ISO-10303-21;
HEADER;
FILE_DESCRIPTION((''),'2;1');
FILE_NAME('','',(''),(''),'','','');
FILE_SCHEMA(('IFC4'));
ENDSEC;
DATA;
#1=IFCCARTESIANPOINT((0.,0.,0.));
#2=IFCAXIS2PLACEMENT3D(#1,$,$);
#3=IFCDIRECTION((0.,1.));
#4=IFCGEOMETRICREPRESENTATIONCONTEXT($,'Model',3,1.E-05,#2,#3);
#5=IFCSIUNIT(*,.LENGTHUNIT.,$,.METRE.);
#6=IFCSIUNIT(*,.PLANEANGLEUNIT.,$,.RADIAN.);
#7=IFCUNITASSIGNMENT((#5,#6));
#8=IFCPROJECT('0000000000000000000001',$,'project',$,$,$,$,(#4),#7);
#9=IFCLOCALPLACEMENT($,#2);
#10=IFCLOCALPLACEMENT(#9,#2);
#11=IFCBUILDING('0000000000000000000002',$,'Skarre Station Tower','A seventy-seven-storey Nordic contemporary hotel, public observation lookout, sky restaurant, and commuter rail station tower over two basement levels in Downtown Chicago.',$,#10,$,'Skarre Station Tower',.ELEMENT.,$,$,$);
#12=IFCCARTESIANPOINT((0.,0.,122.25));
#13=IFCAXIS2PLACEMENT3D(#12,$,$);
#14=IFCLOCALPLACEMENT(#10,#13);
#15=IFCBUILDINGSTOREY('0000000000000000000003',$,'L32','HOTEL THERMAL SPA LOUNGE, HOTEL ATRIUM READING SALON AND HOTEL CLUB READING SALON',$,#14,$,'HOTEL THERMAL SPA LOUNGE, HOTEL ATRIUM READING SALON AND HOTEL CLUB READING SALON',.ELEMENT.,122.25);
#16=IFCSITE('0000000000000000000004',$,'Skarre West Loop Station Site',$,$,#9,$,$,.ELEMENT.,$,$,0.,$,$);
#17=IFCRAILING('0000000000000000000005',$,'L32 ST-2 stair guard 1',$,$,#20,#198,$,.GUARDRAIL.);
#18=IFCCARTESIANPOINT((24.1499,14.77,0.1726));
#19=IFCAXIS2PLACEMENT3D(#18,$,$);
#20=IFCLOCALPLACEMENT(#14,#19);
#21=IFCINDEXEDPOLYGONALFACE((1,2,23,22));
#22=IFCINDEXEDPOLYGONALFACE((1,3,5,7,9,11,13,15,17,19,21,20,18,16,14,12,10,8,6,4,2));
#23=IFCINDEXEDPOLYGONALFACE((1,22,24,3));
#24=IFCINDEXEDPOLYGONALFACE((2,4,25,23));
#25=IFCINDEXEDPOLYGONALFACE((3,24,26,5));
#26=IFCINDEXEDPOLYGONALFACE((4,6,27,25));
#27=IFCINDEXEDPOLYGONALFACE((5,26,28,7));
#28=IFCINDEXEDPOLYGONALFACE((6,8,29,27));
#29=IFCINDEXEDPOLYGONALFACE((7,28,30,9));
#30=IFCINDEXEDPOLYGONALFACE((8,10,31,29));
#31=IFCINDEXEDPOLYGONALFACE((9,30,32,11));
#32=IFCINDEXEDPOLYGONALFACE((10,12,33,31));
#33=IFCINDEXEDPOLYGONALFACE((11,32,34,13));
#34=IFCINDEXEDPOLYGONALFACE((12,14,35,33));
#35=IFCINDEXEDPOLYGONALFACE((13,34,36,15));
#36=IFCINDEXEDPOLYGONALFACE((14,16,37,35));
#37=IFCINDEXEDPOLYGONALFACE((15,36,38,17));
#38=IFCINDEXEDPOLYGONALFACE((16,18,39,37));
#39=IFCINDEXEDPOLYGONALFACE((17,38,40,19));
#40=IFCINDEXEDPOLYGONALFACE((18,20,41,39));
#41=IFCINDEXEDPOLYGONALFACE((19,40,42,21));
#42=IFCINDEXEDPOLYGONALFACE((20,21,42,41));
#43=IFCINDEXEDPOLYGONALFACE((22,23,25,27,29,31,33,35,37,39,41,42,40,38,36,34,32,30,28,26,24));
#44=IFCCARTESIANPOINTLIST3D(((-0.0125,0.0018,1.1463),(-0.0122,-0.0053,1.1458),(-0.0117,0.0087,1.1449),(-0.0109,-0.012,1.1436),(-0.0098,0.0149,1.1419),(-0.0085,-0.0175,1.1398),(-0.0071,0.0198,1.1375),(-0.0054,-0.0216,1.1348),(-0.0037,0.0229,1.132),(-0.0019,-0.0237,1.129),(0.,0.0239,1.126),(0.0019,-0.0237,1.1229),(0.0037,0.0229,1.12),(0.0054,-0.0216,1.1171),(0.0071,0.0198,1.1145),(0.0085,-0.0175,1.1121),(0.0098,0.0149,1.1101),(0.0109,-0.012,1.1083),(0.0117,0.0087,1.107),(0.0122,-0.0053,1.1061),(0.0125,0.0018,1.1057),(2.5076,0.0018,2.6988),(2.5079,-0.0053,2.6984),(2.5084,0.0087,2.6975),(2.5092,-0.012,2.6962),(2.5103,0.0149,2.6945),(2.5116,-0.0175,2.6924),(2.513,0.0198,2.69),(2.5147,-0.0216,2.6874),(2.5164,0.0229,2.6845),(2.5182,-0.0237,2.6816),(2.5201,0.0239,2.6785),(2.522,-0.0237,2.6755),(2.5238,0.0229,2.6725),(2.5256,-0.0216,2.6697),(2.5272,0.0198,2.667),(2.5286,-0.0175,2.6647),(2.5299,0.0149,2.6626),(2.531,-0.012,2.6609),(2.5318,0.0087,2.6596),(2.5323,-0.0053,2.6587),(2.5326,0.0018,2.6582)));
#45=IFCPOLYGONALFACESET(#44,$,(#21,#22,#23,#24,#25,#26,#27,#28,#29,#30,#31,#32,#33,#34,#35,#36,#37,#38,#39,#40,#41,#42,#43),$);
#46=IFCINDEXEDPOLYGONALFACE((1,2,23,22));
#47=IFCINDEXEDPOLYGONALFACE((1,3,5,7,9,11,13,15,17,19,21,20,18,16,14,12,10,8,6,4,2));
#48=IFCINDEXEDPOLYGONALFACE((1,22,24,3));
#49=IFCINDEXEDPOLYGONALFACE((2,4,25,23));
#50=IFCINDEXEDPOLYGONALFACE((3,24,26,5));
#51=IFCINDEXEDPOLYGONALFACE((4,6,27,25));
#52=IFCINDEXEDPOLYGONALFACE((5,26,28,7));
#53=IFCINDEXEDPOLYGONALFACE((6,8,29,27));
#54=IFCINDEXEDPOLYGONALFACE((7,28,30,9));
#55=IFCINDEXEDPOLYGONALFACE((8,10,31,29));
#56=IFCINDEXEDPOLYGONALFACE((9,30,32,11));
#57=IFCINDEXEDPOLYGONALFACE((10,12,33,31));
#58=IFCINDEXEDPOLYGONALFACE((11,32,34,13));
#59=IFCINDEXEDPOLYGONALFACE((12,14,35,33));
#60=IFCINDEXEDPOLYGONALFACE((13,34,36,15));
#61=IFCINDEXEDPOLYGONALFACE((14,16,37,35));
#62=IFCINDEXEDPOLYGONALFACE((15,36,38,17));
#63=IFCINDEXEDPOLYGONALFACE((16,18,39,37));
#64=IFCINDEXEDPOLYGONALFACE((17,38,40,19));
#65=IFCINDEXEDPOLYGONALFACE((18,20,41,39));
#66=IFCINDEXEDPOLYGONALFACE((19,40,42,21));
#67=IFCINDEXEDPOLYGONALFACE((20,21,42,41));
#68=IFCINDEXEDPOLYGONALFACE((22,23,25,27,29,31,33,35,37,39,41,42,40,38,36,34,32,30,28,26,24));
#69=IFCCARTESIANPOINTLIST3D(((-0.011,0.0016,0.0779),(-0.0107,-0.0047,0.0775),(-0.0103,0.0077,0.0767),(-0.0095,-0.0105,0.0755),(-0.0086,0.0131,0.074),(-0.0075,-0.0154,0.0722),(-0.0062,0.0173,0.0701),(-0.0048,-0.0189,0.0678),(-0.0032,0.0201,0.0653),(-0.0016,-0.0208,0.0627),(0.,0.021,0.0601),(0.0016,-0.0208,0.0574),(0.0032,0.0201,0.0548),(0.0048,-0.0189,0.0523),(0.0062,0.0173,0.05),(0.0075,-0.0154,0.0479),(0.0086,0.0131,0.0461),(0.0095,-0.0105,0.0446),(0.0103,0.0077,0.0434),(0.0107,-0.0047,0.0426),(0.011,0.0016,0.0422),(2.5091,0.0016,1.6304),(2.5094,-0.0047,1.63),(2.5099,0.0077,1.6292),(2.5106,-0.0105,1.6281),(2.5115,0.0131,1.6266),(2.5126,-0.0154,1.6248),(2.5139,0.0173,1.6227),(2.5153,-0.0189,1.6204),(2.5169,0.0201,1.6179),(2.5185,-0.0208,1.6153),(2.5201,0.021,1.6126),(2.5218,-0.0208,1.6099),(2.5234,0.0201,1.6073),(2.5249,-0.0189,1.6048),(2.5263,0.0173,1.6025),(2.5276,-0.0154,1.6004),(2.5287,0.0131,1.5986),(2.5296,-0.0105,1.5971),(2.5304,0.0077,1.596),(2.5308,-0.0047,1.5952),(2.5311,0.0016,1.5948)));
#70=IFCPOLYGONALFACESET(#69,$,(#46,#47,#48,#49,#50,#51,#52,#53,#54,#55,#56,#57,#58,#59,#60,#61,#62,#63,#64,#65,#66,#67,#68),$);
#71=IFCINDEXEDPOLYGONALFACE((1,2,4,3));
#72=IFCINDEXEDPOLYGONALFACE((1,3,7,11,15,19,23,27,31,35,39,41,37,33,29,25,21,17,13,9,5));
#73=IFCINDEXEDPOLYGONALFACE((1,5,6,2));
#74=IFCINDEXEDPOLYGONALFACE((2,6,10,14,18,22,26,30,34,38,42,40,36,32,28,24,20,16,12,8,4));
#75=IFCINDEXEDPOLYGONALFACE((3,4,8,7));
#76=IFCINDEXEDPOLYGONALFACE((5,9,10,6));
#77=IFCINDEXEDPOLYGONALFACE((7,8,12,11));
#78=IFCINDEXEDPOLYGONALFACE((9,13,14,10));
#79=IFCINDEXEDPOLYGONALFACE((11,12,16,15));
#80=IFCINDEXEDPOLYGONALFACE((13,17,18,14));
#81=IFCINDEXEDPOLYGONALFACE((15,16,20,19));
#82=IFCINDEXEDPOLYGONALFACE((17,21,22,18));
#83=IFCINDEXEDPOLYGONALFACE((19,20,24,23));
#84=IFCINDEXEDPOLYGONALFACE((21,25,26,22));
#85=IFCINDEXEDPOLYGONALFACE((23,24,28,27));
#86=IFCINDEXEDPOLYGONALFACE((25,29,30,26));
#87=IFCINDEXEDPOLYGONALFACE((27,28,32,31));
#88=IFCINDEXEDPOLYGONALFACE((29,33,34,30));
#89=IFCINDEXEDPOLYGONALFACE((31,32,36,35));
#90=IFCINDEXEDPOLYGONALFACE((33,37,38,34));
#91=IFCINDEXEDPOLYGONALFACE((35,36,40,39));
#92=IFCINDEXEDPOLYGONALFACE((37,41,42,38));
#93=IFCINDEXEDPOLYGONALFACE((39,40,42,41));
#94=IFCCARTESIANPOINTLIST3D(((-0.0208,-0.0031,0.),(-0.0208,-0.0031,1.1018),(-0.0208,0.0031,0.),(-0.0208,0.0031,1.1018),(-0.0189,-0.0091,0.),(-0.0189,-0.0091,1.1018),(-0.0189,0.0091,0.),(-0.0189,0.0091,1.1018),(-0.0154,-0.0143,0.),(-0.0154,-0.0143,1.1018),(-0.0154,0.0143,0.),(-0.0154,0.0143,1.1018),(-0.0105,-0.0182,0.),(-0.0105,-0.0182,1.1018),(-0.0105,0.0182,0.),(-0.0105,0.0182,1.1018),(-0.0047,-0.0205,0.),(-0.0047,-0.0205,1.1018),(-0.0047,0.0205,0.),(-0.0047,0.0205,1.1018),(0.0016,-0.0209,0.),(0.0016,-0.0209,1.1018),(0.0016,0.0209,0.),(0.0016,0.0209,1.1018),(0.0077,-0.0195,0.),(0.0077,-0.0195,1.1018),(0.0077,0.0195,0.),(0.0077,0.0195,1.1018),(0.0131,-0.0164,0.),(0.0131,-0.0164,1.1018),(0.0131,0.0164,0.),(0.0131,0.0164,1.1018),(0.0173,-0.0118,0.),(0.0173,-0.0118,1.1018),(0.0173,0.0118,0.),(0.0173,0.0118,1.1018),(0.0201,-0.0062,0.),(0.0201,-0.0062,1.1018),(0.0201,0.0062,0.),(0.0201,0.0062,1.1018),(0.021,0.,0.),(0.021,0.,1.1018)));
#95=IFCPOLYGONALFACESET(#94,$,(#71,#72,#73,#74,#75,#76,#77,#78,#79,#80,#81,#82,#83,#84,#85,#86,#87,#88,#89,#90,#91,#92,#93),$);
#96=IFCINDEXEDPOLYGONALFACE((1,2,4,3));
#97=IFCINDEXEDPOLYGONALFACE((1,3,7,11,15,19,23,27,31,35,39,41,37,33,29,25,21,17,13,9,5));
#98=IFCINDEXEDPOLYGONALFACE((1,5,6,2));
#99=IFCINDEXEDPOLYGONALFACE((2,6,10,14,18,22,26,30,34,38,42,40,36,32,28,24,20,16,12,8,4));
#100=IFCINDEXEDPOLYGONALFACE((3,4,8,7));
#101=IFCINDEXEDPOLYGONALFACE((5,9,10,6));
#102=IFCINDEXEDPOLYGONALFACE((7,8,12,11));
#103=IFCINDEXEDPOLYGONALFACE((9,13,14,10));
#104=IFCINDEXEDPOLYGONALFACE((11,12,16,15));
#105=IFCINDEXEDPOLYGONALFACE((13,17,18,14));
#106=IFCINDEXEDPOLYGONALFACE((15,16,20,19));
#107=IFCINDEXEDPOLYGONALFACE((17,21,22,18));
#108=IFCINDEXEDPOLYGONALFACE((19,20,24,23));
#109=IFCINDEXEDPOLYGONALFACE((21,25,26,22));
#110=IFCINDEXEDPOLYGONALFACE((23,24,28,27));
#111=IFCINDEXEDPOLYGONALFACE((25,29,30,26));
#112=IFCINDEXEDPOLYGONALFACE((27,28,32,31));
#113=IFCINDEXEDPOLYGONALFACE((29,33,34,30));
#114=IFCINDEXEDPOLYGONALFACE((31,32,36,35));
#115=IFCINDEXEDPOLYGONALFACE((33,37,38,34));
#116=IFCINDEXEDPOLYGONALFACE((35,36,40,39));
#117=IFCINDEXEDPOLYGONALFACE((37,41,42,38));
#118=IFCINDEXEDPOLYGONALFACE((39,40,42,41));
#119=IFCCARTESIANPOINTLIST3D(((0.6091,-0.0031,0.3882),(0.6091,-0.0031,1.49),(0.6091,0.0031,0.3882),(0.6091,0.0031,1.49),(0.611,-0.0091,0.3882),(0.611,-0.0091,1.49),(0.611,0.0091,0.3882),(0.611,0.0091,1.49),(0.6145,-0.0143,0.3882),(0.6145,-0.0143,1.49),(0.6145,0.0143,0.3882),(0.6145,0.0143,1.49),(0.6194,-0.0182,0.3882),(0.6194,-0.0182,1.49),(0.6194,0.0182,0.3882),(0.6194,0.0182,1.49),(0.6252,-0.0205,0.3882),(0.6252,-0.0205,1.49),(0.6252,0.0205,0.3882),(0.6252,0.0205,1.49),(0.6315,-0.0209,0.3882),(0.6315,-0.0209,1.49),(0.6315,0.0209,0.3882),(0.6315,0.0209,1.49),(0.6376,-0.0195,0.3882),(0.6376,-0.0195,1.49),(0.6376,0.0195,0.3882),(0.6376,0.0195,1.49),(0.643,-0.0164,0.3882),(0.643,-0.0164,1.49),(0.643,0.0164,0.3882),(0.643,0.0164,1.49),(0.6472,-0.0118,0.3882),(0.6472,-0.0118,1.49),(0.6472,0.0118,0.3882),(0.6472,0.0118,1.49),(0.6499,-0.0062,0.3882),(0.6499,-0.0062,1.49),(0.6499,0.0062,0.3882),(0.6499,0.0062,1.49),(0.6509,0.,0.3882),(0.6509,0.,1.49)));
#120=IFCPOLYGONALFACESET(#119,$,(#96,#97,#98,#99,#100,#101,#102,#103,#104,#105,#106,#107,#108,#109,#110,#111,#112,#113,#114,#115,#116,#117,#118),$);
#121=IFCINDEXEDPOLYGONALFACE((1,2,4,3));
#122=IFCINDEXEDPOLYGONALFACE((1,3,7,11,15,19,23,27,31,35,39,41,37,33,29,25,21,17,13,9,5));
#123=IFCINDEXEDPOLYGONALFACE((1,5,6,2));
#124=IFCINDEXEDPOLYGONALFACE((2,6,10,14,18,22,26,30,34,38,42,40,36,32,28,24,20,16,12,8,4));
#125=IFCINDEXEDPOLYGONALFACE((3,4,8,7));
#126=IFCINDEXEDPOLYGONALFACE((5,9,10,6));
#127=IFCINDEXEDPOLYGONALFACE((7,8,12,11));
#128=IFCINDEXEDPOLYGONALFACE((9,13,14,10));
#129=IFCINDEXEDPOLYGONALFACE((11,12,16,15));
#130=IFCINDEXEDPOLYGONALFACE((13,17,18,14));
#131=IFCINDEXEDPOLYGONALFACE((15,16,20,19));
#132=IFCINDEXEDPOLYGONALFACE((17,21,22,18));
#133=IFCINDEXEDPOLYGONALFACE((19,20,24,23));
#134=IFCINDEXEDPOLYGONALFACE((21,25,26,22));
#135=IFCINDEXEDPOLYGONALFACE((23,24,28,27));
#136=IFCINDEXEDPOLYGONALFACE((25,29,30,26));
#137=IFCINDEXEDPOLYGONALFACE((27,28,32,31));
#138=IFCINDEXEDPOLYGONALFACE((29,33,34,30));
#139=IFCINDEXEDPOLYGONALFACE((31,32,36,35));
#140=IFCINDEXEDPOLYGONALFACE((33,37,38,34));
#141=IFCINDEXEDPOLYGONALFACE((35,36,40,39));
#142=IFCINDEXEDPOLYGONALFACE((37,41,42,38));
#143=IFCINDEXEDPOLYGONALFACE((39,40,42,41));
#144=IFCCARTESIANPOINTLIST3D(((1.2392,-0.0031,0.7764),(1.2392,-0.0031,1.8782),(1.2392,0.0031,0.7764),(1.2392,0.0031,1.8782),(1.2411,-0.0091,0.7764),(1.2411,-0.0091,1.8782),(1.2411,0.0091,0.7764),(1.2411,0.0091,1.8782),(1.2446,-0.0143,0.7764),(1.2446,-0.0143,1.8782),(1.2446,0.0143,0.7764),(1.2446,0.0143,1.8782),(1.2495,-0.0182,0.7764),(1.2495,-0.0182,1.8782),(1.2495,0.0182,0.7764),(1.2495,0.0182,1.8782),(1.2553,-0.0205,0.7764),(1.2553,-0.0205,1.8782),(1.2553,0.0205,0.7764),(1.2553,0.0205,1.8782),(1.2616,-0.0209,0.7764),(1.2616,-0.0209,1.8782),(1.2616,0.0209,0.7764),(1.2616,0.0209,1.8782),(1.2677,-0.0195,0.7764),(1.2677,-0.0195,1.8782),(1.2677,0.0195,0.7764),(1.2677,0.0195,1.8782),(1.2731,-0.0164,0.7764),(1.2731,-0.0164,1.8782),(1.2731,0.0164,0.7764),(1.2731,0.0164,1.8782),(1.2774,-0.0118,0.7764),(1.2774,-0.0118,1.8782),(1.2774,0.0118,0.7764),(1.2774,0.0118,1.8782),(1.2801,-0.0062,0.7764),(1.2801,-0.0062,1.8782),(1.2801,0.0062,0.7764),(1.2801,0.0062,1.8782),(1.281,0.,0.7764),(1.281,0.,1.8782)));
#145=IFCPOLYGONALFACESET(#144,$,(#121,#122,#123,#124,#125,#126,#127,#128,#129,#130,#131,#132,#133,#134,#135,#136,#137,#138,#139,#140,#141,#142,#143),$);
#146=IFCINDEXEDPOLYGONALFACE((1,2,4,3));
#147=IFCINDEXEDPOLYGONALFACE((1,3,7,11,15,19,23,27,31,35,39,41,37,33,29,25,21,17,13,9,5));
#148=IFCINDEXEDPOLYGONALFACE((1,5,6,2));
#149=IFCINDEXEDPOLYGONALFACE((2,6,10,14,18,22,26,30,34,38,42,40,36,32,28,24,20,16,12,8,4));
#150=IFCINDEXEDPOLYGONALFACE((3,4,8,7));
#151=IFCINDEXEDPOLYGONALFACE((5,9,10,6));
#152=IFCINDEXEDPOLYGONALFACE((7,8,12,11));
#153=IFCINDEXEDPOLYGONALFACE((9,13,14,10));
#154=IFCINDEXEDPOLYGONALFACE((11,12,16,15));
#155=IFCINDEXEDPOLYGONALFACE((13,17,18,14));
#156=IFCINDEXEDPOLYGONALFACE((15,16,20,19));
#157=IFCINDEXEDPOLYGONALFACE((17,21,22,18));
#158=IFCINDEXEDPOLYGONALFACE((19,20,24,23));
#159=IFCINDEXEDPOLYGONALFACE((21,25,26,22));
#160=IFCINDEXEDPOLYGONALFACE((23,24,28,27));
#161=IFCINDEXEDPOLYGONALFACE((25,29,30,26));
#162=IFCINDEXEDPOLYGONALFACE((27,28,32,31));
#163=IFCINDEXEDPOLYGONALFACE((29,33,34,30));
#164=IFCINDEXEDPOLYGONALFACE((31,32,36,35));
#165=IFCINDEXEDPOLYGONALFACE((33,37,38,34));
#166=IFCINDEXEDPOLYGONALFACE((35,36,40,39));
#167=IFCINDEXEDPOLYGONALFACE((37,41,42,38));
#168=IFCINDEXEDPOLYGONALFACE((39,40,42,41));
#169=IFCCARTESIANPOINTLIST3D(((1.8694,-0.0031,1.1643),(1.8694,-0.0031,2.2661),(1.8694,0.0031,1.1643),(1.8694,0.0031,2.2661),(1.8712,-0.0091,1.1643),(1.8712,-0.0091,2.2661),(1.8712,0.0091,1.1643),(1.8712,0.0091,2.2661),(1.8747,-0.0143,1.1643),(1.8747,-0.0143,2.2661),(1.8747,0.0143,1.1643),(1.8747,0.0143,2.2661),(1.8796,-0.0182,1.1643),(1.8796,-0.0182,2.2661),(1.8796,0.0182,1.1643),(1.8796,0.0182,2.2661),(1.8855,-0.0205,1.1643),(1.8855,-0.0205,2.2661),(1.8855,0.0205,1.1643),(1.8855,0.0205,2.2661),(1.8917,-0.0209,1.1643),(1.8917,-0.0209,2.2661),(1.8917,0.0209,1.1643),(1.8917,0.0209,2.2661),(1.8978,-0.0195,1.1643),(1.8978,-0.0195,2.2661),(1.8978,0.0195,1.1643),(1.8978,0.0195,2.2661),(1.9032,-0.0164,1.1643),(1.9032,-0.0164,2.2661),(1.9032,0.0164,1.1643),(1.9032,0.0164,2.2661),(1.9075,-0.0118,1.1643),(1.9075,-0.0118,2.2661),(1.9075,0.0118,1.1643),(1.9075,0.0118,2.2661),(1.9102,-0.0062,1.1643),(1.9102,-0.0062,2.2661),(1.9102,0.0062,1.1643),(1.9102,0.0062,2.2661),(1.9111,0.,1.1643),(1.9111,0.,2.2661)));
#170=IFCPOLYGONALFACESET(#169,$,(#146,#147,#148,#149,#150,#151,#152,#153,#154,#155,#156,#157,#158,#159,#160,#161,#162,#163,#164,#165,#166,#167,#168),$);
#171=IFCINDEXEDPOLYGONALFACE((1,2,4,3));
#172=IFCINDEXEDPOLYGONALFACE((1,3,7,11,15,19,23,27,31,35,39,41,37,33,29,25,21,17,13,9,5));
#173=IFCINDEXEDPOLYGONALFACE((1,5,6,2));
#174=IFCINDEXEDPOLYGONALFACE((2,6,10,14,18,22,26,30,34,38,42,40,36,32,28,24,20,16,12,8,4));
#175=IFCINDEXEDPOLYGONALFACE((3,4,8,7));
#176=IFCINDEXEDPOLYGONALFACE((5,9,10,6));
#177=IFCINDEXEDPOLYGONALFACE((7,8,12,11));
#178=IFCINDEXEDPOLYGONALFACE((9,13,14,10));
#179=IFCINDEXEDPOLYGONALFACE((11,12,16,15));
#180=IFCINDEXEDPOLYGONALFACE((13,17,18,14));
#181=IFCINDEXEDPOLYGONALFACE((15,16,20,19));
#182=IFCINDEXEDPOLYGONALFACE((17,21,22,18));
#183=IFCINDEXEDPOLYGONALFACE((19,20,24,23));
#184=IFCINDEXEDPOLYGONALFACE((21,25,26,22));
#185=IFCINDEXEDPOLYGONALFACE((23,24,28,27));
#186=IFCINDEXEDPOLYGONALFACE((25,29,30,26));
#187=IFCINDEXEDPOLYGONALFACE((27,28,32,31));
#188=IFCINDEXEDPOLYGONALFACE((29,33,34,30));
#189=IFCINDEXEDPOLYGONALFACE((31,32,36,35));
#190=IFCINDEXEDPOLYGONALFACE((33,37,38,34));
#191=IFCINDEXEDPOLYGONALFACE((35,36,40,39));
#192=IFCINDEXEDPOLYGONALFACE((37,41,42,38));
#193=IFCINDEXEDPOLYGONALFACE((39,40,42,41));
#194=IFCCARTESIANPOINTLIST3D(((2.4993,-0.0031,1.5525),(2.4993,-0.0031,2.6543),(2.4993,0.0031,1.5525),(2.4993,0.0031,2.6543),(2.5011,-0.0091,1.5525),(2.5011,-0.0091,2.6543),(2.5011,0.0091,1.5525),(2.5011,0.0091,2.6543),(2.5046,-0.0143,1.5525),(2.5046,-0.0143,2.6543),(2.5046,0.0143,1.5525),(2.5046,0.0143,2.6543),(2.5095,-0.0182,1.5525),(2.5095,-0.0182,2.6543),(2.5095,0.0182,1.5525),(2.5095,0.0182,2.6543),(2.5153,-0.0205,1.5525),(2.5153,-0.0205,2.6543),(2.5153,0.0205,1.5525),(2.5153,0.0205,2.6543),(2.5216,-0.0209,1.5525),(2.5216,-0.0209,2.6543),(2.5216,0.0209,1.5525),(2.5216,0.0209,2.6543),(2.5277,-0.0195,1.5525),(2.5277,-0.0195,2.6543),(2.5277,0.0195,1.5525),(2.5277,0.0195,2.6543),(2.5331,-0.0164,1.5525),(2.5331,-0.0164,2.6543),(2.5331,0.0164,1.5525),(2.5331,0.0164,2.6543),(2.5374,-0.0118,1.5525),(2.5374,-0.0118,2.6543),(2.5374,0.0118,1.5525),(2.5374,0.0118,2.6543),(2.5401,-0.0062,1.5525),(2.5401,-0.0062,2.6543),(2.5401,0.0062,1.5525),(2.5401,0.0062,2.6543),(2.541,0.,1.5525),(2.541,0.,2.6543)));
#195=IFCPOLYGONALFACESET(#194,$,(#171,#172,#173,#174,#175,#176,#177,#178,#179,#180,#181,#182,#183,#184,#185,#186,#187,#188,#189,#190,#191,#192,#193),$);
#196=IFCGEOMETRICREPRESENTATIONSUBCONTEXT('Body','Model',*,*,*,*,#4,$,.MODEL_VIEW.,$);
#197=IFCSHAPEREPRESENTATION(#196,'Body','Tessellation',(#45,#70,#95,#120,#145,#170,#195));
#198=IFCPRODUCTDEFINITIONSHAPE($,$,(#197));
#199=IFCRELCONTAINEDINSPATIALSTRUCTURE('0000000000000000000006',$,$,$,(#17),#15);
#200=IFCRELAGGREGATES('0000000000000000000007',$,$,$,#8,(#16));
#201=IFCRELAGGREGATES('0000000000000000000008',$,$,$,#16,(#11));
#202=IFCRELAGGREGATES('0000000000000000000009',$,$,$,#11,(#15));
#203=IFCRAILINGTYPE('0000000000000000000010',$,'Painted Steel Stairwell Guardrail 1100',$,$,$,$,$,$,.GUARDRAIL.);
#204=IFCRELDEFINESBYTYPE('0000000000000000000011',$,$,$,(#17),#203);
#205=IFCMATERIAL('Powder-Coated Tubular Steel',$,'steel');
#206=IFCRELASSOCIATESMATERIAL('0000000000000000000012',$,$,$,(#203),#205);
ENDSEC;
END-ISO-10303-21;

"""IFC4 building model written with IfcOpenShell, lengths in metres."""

from ifc_helpers import new_model, si_unit, direction, frame, origin, origin_2d, place, context, subcontext, project, spatial, circle, extrude, material, type_object, element, save


model = new_model("IFC4")

# Units and contexts
model_context = context("Model", 3, precision=1e-05, world=origin(), true_north=direction((0.0, 1.0)))
body_context = subcontext(model_context, "Body", "Model", "MODEL_VIEW")
ifc_project = project(units=[si_unit("LENGTHUNIT", "METRE"), si_unit("PLANEANGLEUNIT", "RADIAN")], contexts=[model_context])

# Site, building, storey
site_placement = place(None, origin())
site = spatial("IfcSite", under=ifc_project, at=site_placement, Name="Skarre West Loop Station Site", CompositionType="ELEMENT", RefElevation=0.0)
building_placement = place(site_placement, origin())
building = spatial("IfcBuilding", under=site, at=building_placement, Name="Skarre Station Tower", Description="A seventy-seven-storey Nordic contemporary hotel, public observation lookout, sky restaurant, and commuter rail station tower over two basement levels in Downtown Chicago.", LongName="Skarre Station Tower", CompositionType="ELEMENT")
storey_placement = place(building_placement, frame((0.0, 0.0, 122.25)))
storey = spatial("IfcBuildingStorey", under=building, at=storey_placement, Name="L32", Description="HOTEL THERMAL SPA LOUNGE, HOTEL ATRIUM READING SALON AND HOTEL CLUB READING SALON", LongName="HOTEL THERMAL SPA LOUNGE, HOTEL ATRIUM READING SALON AND HOTEL CLUB READING SALON", CompositionType="ELEMENT", Elevation=122.25)

# Railing
ifc_material_1 = material(Name="Powder-Coated Tubular Steel", Category="steel")
railing_type_1 = type_object("IfcRailingType", Name="Painted Steel Stairwell Guardrail 1100", PredefinedType="GUARDRAIL", material=ifc_material_1)
railing_1_placement = place(storey_placement, frame((24.1499, 14.77, 0.1726)))
element("IfcRailing", 1, at=railing_1_placement, inside=storey, type_object=railing_type_1, Name="L32 ST-2 stair guard 1", PredefinedType="GUARDRAIL", context=body_context, shape_type="SweptSolid", body=[
    extrude(circle(Radius=0.0239, at=origin_2d()), frame((0.0, 0.0, 1.126), z_axis=(0.8514, 0.0, 0.524516), x_axis=(0.0, 1.0, 0.0)), (0.0, 0.0, 1.0), 2.96),
    extrude(circle(Radius=0.021, at=origin_2d()), frame((0.0, 0.0, 0.0601), z_axis=(0.8514, 0.0, 0.524516), x_axis=(0.0, 1.0, 0.0)), (0.0, 0.0, 1.0), 2.96),
    extrude(circle(Radius=0.021, at=origin_2d()), origin(), (0.0, 0.0, 1.0), 1.1018),
    extrude(circle(Radius=0.021, at=origin_2d()), frame((0.6299, 0.0, 0.3882)), (0.0, 0.0, 1.0), 1.1018),
    extrude(circle(Radius=0.021, at=origin_2d()), frame((1.26, 0.0, 0.7764)), (0.0, 0.0, 1.0), 1.1018),
    extrude(circle(Radius=0.021, at=origin_2d()), frame((1.8901, 0.0, 1.1643)), (0.0, 0.0, 1.0), 1.1018),
    extrude(circle(Radius=0.021, at=origin_2d()), frame((2.52, 0.0, 1.5525)), (0.0, 0.0, 1.0), 1.1018),
])

save(model, "model.ifc")
